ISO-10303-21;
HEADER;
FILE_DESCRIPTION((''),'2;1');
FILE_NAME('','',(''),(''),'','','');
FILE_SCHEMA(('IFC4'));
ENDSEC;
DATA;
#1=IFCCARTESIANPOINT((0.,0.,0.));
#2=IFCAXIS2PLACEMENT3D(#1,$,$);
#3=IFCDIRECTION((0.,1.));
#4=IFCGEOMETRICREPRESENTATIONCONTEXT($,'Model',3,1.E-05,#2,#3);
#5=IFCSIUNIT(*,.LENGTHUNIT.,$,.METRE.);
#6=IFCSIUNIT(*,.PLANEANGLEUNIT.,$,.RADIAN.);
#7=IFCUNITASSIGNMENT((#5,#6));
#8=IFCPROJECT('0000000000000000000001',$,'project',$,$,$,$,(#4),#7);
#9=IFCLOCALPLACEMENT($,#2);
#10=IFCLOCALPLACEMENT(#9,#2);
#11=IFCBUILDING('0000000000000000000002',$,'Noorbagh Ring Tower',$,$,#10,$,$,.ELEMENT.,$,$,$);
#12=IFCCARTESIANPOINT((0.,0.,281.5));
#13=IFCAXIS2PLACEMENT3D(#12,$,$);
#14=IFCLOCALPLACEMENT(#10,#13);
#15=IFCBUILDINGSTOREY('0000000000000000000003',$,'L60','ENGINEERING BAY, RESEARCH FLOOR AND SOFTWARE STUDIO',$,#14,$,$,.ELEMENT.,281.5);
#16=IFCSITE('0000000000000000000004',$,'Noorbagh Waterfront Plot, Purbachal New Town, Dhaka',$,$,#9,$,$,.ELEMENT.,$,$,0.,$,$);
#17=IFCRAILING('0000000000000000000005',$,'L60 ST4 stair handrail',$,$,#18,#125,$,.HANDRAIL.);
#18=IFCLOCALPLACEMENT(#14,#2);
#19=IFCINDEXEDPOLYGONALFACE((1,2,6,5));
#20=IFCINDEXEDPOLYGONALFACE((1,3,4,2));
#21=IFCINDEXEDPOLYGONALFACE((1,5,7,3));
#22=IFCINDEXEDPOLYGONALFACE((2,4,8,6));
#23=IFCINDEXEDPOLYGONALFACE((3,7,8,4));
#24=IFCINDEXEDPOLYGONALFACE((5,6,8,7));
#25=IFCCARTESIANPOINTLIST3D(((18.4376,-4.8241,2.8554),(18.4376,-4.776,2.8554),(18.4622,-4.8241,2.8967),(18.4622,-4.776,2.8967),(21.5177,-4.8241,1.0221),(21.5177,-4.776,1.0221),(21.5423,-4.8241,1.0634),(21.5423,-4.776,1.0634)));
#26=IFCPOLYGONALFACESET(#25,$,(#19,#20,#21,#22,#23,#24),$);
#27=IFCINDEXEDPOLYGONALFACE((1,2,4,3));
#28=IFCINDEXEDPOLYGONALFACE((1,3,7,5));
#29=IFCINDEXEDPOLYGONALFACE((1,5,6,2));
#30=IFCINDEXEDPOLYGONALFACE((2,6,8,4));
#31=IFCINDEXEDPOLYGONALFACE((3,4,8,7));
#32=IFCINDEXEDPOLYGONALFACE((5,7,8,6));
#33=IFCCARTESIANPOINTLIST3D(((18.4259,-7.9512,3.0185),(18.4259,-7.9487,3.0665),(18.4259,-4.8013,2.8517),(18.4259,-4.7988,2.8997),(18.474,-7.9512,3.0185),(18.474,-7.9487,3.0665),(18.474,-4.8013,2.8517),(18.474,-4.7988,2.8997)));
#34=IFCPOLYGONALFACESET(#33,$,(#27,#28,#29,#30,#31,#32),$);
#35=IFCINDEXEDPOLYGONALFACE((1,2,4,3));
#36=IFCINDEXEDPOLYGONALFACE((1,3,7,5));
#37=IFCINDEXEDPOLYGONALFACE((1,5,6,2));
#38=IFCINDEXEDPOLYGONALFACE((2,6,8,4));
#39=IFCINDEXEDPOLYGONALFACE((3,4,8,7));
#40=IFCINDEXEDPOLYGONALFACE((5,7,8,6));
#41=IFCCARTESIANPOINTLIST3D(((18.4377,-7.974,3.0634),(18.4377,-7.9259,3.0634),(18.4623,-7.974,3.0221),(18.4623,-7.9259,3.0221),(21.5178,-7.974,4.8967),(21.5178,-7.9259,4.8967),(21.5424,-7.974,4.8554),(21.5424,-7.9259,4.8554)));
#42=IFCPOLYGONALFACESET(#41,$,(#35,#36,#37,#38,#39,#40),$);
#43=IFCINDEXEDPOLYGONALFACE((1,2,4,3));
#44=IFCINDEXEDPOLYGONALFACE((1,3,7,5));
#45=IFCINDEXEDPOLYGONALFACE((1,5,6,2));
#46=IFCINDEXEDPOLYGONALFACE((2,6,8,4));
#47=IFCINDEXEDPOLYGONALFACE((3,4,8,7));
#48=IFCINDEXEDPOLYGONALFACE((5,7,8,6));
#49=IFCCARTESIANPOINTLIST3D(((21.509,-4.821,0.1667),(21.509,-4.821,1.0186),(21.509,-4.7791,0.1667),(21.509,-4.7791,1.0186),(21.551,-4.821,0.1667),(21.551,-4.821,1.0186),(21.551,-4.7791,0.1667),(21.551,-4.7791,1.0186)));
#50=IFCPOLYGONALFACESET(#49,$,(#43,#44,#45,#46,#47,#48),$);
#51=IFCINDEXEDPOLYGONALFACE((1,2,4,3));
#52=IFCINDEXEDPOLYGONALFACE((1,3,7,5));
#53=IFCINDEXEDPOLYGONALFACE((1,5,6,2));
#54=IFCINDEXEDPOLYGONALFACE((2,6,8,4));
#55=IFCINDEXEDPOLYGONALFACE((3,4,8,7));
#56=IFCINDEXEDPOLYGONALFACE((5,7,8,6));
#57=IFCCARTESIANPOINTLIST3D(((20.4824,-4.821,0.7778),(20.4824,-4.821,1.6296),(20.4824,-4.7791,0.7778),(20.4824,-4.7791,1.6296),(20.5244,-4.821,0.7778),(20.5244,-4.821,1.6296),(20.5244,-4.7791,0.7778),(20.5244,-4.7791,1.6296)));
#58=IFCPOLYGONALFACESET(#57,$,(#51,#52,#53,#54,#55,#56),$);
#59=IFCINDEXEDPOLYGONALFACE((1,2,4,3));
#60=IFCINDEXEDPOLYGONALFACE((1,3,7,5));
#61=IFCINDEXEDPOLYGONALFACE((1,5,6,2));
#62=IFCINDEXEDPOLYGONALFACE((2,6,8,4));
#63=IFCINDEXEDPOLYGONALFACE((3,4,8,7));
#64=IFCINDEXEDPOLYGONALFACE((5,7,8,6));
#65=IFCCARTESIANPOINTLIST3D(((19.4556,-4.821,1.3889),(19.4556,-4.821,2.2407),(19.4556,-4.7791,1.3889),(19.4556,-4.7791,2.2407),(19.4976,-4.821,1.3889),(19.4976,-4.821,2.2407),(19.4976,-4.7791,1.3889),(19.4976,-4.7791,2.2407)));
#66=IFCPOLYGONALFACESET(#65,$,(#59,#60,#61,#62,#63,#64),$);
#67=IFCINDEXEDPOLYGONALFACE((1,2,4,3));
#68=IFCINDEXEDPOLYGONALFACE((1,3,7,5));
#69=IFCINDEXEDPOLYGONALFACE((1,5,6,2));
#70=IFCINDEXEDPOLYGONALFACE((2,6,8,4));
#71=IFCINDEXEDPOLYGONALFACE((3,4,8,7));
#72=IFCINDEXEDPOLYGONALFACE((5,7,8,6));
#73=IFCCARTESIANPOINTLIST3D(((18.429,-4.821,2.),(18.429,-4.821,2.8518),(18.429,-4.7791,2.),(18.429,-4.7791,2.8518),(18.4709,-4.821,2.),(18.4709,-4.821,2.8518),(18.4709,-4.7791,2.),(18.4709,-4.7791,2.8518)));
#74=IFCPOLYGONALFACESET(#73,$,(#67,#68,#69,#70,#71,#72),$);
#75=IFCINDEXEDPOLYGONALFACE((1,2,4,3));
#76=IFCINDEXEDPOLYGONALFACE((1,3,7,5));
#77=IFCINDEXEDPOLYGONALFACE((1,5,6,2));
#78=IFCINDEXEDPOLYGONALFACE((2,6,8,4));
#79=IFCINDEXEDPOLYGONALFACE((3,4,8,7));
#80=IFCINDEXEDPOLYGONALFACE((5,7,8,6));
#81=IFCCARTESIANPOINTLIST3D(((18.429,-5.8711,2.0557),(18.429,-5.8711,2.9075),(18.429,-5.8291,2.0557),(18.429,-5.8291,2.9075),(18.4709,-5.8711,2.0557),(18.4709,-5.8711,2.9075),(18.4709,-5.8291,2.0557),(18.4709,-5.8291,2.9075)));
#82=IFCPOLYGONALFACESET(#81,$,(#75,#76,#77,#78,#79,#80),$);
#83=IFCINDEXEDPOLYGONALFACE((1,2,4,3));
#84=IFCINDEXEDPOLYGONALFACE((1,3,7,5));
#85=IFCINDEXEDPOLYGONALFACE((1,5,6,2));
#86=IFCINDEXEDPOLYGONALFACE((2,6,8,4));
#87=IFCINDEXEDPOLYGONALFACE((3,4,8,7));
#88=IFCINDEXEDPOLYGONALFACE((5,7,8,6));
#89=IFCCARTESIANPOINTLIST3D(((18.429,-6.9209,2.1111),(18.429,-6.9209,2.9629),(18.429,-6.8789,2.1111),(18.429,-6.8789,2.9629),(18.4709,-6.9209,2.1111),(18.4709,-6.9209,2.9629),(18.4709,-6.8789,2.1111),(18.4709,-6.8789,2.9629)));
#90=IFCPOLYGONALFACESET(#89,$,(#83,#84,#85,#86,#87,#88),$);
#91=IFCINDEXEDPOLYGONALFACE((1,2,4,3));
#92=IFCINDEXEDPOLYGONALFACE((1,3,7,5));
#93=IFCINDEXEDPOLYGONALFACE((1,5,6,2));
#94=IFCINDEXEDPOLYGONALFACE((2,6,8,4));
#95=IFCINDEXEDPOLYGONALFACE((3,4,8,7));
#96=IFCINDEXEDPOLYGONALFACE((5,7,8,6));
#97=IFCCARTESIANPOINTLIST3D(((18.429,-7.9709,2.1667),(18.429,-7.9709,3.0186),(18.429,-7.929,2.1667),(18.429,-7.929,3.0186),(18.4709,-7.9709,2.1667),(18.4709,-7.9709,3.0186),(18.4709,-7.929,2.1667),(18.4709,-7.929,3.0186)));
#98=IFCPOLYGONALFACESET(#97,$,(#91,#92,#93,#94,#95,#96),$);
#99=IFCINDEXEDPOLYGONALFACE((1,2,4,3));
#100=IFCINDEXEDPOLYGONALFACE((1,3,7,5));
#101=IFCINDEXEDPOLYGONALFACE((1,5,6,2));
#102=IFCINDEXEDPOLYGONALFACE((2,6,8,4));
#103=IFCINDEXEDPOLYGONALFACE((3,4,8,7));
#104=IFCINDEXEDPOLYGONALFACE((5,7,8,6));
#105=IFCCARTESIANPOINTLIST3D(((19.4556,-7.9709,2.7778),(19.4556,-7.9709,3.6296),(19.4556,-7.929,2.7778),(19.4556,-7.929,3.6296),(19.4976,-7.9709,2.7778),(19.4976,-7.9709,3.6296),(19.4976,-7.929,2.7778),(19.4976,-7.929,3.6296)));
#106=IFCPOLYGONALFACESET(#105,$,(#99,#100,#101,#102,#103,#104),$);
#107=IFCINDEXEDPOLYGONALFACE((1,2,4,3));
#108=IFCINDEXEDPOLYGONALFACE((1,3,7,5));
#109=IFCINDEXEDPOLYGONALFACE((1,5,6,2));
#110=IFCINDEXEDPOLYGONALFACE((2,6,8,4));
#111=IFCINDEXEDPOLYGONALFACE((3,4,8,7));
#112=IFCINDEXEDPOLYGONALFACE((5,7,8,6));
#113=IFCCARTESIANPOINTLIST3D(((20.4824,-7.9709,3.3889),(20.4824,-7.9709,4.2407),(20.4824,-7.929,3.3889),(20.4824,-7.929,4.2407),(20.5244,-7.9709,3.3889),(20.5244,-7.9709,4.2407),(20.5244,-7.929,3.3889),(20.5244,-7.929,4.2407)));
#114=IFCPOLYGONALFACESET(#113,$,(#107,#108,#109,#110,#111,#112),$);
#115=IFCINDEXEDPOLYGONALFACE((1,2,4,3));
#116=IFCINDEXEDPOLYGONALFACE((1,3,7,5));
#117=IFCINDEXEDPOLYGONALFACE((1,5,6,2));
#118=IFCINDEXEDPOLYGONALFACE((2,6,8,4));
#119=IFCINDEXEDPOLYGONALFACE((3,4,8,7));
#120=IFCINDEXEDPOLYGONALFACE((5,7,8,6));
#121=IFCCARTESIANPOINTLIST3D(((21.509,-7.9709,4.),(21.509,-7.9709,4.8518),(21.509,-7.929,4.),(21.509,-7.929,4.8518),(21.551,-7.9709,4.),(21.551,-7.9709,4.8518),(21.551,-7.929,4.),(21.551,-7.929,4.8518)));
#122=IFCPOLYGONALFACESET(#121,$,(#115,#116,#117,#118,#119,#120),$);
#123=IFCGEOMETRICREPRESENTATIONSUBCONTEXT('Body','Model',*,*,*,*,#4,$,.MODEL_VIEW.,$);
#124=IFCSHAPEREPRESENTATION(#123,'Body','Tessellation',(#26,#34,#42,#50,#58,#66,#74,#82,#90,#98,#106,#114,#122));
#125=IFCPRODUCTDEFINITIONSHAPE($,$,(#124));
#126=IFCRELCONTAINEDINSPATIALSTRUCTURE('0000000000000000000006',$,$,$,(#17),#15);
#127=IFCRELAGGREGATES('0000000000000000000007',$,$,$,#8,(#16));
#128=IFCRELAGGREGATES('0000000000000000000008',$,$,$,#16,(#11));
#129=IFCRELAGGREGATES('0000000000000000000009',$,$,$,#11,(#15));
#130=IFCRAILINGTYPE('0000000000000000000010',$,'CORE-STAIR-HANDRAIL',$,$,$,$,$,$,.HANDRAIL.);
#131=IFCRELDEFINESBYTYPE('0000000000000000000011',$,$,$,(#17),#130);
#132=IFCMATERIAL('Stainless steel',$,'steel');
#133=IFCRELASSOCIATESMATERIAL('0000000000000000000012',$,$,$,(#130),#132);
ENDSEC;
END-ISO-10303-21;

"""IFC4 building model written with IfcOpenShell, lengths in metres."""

from ifc_helpers import new_model, si_unit, direction, frame, origin, origin_2d, place, context, subcontext, project, spatial, rectangle, extrude, material, type_object, element, save


model = new_model("IFC4")

# Units and contexts
model_context = context("Model", 3, precision=1e-05, world=origin(), true_north=direction((0.0, 1.0)))
body_context = subcontext(model_context, "Body", "Model", "MODEL_VIEW")
ifc_project = project(units=[si_unit("LENGTHUNIT", "METRE"), si_unit("PLANEANGLEUNIT", "RADIAN")], contexts=[model_context])

# Site, building, storey
site_placement = place(None, origin())
site = spatial("IfcSite", under=ifc_project, at=site_placement, Name="Noorbagh Waterfront Plot, Purbachal New Town, Dhaka", CompositionType="ELEMENT", RefElevation=0.0)
building_placement = place(site_placement, origin())
building = spatial("IfcBuilding", under=site, at=building_placement, Name="Noorbagh Ring Tower", CompositionType="ELEMENT")
storey_placement = place(building_placement, frame((0.0, 0.0, 281.5)))
storey = spatial("IfcBuildingStorey", under=building, at=storey_placement, Name="L60", Description="ENGINEERING BAY, RESEARCH FLOOR AND SOFTWARE STUDIO", CompositionType="ELEMENT", Elevation=281.5)

# Railing
ifc_material_1 = material(Name="Stainless steel", Category="steel")
railing_type_1 = type_object("IfcRailingType", Name="CORE-STAIR-HANDRAIL", PredefinedType="HANDRAIL", material=ifc_material_1)
railing_1_placement = place(storey_placement, frame((21.53, -4.8, 0.1667)))
element("IfcRailing", 1, at=railing_1_placement, inside=storey, type_object=railing_type_1, Name="L60 ST4 stair handrail", PredefinedType="HANDRAIL", context=body_context, shape_type="SweptSolid", body=[
    extrude(rectangle(XDim=0.0481, YDim=0.0481, at=origin_2d()), frame((0.0, 0.0, 0.876), z_axis=(-0.859309, 0.0, 0.511458), x_axis=(0.0, -1.0, 0.0)), (0.0, 0.0, 1.0), 3.5845),
    extrude(rectangle(XDim=0.0481, YDim=0.0481, at=origin_2d()), frame((-3.0801, 0.0, 2.709), z_axis=(0.0, -0.998602, 0.052864), x_axis=(1.0, 0.0, 0.0)), (0.0, 0.0, 1.0), 3.1543),
    extrude(rectangle(XDim=0.0481, YDim=0.0481, at=origin_2d()), frame((-3.0801, -3.1499, 2.876), z_axis=(0.859309, 0.0, 0.511458), x_axis=(0.0, 1.0, 0.0)), (0.0, 0.0, 1.0), 3.5845),
    extrude(rectangle(XDim=0.042, YDim=0.042, at=origin_2d()), origin(), (0.0, 0.0, 1.0), 0.8518),
    extrude(rectangle(XDim=0.042, YDim=0.042, at=origin_2d()), frame((-1.0266, 0.0, 0.6111)), (0.0, 0.0, 1.0), 0.8518),
    extrude(rectangle(XDim=0.042, YDim=0.042, at=origin_2d()), frame((-2.0535, 0.0, 1.2222)), (0.0, 0.0, 1.0), 0.8518),
    extrude(rectangle(XDim=0.042, YDim=0.042, at=origin_2d()), frame((-3.0801, 0.0, 1.8333)), (0.0, 0.0, 1.0), 0.8518),
    extrude(rectangle(XDim=0.042, YDim=0.042, at=origin_2d()), frame((-3.0801, -1.05, 1.8889)), (0.0, 0.0, 1.0), 0.8518),
    extrude(rectangle(XDim=0.042, YDim=0.042, at=origin_2d()), frame((-3.0801, -2.0999, 1.9443)), (0.0, 0.0, 1.0), 0.8518),
    extrude(rectangle(XDim=0.042, YDim=0.042, at=origin_2d()), frame((-3.0801, -3.1499, 2.0)), (0.0, 0.0, 1.0), 0.8518),
    extrude(rectangle(XDim=0.042, YDim=0.042, at=origin_2d()), frame((-2.0535, -3.1499, 2.6111)), (0.0, 0.0, 1.0), 0.8518),
    extrude(rectangle(XDim=0.042, YDim=0.042, at=origin_2d()), frame((-1.0266, -3.1499, 3.2222)), (0.0, 0.0, 1.0), 0.8518),
    extrude(rectangle(XDim=0.042, YDim=0.042, at=origin_2d()), frame((0.0, -3.1499, 3.8333)), (0.0, 0.0, 1.0), 0.8518),
])

save(model, "model.ifc")
